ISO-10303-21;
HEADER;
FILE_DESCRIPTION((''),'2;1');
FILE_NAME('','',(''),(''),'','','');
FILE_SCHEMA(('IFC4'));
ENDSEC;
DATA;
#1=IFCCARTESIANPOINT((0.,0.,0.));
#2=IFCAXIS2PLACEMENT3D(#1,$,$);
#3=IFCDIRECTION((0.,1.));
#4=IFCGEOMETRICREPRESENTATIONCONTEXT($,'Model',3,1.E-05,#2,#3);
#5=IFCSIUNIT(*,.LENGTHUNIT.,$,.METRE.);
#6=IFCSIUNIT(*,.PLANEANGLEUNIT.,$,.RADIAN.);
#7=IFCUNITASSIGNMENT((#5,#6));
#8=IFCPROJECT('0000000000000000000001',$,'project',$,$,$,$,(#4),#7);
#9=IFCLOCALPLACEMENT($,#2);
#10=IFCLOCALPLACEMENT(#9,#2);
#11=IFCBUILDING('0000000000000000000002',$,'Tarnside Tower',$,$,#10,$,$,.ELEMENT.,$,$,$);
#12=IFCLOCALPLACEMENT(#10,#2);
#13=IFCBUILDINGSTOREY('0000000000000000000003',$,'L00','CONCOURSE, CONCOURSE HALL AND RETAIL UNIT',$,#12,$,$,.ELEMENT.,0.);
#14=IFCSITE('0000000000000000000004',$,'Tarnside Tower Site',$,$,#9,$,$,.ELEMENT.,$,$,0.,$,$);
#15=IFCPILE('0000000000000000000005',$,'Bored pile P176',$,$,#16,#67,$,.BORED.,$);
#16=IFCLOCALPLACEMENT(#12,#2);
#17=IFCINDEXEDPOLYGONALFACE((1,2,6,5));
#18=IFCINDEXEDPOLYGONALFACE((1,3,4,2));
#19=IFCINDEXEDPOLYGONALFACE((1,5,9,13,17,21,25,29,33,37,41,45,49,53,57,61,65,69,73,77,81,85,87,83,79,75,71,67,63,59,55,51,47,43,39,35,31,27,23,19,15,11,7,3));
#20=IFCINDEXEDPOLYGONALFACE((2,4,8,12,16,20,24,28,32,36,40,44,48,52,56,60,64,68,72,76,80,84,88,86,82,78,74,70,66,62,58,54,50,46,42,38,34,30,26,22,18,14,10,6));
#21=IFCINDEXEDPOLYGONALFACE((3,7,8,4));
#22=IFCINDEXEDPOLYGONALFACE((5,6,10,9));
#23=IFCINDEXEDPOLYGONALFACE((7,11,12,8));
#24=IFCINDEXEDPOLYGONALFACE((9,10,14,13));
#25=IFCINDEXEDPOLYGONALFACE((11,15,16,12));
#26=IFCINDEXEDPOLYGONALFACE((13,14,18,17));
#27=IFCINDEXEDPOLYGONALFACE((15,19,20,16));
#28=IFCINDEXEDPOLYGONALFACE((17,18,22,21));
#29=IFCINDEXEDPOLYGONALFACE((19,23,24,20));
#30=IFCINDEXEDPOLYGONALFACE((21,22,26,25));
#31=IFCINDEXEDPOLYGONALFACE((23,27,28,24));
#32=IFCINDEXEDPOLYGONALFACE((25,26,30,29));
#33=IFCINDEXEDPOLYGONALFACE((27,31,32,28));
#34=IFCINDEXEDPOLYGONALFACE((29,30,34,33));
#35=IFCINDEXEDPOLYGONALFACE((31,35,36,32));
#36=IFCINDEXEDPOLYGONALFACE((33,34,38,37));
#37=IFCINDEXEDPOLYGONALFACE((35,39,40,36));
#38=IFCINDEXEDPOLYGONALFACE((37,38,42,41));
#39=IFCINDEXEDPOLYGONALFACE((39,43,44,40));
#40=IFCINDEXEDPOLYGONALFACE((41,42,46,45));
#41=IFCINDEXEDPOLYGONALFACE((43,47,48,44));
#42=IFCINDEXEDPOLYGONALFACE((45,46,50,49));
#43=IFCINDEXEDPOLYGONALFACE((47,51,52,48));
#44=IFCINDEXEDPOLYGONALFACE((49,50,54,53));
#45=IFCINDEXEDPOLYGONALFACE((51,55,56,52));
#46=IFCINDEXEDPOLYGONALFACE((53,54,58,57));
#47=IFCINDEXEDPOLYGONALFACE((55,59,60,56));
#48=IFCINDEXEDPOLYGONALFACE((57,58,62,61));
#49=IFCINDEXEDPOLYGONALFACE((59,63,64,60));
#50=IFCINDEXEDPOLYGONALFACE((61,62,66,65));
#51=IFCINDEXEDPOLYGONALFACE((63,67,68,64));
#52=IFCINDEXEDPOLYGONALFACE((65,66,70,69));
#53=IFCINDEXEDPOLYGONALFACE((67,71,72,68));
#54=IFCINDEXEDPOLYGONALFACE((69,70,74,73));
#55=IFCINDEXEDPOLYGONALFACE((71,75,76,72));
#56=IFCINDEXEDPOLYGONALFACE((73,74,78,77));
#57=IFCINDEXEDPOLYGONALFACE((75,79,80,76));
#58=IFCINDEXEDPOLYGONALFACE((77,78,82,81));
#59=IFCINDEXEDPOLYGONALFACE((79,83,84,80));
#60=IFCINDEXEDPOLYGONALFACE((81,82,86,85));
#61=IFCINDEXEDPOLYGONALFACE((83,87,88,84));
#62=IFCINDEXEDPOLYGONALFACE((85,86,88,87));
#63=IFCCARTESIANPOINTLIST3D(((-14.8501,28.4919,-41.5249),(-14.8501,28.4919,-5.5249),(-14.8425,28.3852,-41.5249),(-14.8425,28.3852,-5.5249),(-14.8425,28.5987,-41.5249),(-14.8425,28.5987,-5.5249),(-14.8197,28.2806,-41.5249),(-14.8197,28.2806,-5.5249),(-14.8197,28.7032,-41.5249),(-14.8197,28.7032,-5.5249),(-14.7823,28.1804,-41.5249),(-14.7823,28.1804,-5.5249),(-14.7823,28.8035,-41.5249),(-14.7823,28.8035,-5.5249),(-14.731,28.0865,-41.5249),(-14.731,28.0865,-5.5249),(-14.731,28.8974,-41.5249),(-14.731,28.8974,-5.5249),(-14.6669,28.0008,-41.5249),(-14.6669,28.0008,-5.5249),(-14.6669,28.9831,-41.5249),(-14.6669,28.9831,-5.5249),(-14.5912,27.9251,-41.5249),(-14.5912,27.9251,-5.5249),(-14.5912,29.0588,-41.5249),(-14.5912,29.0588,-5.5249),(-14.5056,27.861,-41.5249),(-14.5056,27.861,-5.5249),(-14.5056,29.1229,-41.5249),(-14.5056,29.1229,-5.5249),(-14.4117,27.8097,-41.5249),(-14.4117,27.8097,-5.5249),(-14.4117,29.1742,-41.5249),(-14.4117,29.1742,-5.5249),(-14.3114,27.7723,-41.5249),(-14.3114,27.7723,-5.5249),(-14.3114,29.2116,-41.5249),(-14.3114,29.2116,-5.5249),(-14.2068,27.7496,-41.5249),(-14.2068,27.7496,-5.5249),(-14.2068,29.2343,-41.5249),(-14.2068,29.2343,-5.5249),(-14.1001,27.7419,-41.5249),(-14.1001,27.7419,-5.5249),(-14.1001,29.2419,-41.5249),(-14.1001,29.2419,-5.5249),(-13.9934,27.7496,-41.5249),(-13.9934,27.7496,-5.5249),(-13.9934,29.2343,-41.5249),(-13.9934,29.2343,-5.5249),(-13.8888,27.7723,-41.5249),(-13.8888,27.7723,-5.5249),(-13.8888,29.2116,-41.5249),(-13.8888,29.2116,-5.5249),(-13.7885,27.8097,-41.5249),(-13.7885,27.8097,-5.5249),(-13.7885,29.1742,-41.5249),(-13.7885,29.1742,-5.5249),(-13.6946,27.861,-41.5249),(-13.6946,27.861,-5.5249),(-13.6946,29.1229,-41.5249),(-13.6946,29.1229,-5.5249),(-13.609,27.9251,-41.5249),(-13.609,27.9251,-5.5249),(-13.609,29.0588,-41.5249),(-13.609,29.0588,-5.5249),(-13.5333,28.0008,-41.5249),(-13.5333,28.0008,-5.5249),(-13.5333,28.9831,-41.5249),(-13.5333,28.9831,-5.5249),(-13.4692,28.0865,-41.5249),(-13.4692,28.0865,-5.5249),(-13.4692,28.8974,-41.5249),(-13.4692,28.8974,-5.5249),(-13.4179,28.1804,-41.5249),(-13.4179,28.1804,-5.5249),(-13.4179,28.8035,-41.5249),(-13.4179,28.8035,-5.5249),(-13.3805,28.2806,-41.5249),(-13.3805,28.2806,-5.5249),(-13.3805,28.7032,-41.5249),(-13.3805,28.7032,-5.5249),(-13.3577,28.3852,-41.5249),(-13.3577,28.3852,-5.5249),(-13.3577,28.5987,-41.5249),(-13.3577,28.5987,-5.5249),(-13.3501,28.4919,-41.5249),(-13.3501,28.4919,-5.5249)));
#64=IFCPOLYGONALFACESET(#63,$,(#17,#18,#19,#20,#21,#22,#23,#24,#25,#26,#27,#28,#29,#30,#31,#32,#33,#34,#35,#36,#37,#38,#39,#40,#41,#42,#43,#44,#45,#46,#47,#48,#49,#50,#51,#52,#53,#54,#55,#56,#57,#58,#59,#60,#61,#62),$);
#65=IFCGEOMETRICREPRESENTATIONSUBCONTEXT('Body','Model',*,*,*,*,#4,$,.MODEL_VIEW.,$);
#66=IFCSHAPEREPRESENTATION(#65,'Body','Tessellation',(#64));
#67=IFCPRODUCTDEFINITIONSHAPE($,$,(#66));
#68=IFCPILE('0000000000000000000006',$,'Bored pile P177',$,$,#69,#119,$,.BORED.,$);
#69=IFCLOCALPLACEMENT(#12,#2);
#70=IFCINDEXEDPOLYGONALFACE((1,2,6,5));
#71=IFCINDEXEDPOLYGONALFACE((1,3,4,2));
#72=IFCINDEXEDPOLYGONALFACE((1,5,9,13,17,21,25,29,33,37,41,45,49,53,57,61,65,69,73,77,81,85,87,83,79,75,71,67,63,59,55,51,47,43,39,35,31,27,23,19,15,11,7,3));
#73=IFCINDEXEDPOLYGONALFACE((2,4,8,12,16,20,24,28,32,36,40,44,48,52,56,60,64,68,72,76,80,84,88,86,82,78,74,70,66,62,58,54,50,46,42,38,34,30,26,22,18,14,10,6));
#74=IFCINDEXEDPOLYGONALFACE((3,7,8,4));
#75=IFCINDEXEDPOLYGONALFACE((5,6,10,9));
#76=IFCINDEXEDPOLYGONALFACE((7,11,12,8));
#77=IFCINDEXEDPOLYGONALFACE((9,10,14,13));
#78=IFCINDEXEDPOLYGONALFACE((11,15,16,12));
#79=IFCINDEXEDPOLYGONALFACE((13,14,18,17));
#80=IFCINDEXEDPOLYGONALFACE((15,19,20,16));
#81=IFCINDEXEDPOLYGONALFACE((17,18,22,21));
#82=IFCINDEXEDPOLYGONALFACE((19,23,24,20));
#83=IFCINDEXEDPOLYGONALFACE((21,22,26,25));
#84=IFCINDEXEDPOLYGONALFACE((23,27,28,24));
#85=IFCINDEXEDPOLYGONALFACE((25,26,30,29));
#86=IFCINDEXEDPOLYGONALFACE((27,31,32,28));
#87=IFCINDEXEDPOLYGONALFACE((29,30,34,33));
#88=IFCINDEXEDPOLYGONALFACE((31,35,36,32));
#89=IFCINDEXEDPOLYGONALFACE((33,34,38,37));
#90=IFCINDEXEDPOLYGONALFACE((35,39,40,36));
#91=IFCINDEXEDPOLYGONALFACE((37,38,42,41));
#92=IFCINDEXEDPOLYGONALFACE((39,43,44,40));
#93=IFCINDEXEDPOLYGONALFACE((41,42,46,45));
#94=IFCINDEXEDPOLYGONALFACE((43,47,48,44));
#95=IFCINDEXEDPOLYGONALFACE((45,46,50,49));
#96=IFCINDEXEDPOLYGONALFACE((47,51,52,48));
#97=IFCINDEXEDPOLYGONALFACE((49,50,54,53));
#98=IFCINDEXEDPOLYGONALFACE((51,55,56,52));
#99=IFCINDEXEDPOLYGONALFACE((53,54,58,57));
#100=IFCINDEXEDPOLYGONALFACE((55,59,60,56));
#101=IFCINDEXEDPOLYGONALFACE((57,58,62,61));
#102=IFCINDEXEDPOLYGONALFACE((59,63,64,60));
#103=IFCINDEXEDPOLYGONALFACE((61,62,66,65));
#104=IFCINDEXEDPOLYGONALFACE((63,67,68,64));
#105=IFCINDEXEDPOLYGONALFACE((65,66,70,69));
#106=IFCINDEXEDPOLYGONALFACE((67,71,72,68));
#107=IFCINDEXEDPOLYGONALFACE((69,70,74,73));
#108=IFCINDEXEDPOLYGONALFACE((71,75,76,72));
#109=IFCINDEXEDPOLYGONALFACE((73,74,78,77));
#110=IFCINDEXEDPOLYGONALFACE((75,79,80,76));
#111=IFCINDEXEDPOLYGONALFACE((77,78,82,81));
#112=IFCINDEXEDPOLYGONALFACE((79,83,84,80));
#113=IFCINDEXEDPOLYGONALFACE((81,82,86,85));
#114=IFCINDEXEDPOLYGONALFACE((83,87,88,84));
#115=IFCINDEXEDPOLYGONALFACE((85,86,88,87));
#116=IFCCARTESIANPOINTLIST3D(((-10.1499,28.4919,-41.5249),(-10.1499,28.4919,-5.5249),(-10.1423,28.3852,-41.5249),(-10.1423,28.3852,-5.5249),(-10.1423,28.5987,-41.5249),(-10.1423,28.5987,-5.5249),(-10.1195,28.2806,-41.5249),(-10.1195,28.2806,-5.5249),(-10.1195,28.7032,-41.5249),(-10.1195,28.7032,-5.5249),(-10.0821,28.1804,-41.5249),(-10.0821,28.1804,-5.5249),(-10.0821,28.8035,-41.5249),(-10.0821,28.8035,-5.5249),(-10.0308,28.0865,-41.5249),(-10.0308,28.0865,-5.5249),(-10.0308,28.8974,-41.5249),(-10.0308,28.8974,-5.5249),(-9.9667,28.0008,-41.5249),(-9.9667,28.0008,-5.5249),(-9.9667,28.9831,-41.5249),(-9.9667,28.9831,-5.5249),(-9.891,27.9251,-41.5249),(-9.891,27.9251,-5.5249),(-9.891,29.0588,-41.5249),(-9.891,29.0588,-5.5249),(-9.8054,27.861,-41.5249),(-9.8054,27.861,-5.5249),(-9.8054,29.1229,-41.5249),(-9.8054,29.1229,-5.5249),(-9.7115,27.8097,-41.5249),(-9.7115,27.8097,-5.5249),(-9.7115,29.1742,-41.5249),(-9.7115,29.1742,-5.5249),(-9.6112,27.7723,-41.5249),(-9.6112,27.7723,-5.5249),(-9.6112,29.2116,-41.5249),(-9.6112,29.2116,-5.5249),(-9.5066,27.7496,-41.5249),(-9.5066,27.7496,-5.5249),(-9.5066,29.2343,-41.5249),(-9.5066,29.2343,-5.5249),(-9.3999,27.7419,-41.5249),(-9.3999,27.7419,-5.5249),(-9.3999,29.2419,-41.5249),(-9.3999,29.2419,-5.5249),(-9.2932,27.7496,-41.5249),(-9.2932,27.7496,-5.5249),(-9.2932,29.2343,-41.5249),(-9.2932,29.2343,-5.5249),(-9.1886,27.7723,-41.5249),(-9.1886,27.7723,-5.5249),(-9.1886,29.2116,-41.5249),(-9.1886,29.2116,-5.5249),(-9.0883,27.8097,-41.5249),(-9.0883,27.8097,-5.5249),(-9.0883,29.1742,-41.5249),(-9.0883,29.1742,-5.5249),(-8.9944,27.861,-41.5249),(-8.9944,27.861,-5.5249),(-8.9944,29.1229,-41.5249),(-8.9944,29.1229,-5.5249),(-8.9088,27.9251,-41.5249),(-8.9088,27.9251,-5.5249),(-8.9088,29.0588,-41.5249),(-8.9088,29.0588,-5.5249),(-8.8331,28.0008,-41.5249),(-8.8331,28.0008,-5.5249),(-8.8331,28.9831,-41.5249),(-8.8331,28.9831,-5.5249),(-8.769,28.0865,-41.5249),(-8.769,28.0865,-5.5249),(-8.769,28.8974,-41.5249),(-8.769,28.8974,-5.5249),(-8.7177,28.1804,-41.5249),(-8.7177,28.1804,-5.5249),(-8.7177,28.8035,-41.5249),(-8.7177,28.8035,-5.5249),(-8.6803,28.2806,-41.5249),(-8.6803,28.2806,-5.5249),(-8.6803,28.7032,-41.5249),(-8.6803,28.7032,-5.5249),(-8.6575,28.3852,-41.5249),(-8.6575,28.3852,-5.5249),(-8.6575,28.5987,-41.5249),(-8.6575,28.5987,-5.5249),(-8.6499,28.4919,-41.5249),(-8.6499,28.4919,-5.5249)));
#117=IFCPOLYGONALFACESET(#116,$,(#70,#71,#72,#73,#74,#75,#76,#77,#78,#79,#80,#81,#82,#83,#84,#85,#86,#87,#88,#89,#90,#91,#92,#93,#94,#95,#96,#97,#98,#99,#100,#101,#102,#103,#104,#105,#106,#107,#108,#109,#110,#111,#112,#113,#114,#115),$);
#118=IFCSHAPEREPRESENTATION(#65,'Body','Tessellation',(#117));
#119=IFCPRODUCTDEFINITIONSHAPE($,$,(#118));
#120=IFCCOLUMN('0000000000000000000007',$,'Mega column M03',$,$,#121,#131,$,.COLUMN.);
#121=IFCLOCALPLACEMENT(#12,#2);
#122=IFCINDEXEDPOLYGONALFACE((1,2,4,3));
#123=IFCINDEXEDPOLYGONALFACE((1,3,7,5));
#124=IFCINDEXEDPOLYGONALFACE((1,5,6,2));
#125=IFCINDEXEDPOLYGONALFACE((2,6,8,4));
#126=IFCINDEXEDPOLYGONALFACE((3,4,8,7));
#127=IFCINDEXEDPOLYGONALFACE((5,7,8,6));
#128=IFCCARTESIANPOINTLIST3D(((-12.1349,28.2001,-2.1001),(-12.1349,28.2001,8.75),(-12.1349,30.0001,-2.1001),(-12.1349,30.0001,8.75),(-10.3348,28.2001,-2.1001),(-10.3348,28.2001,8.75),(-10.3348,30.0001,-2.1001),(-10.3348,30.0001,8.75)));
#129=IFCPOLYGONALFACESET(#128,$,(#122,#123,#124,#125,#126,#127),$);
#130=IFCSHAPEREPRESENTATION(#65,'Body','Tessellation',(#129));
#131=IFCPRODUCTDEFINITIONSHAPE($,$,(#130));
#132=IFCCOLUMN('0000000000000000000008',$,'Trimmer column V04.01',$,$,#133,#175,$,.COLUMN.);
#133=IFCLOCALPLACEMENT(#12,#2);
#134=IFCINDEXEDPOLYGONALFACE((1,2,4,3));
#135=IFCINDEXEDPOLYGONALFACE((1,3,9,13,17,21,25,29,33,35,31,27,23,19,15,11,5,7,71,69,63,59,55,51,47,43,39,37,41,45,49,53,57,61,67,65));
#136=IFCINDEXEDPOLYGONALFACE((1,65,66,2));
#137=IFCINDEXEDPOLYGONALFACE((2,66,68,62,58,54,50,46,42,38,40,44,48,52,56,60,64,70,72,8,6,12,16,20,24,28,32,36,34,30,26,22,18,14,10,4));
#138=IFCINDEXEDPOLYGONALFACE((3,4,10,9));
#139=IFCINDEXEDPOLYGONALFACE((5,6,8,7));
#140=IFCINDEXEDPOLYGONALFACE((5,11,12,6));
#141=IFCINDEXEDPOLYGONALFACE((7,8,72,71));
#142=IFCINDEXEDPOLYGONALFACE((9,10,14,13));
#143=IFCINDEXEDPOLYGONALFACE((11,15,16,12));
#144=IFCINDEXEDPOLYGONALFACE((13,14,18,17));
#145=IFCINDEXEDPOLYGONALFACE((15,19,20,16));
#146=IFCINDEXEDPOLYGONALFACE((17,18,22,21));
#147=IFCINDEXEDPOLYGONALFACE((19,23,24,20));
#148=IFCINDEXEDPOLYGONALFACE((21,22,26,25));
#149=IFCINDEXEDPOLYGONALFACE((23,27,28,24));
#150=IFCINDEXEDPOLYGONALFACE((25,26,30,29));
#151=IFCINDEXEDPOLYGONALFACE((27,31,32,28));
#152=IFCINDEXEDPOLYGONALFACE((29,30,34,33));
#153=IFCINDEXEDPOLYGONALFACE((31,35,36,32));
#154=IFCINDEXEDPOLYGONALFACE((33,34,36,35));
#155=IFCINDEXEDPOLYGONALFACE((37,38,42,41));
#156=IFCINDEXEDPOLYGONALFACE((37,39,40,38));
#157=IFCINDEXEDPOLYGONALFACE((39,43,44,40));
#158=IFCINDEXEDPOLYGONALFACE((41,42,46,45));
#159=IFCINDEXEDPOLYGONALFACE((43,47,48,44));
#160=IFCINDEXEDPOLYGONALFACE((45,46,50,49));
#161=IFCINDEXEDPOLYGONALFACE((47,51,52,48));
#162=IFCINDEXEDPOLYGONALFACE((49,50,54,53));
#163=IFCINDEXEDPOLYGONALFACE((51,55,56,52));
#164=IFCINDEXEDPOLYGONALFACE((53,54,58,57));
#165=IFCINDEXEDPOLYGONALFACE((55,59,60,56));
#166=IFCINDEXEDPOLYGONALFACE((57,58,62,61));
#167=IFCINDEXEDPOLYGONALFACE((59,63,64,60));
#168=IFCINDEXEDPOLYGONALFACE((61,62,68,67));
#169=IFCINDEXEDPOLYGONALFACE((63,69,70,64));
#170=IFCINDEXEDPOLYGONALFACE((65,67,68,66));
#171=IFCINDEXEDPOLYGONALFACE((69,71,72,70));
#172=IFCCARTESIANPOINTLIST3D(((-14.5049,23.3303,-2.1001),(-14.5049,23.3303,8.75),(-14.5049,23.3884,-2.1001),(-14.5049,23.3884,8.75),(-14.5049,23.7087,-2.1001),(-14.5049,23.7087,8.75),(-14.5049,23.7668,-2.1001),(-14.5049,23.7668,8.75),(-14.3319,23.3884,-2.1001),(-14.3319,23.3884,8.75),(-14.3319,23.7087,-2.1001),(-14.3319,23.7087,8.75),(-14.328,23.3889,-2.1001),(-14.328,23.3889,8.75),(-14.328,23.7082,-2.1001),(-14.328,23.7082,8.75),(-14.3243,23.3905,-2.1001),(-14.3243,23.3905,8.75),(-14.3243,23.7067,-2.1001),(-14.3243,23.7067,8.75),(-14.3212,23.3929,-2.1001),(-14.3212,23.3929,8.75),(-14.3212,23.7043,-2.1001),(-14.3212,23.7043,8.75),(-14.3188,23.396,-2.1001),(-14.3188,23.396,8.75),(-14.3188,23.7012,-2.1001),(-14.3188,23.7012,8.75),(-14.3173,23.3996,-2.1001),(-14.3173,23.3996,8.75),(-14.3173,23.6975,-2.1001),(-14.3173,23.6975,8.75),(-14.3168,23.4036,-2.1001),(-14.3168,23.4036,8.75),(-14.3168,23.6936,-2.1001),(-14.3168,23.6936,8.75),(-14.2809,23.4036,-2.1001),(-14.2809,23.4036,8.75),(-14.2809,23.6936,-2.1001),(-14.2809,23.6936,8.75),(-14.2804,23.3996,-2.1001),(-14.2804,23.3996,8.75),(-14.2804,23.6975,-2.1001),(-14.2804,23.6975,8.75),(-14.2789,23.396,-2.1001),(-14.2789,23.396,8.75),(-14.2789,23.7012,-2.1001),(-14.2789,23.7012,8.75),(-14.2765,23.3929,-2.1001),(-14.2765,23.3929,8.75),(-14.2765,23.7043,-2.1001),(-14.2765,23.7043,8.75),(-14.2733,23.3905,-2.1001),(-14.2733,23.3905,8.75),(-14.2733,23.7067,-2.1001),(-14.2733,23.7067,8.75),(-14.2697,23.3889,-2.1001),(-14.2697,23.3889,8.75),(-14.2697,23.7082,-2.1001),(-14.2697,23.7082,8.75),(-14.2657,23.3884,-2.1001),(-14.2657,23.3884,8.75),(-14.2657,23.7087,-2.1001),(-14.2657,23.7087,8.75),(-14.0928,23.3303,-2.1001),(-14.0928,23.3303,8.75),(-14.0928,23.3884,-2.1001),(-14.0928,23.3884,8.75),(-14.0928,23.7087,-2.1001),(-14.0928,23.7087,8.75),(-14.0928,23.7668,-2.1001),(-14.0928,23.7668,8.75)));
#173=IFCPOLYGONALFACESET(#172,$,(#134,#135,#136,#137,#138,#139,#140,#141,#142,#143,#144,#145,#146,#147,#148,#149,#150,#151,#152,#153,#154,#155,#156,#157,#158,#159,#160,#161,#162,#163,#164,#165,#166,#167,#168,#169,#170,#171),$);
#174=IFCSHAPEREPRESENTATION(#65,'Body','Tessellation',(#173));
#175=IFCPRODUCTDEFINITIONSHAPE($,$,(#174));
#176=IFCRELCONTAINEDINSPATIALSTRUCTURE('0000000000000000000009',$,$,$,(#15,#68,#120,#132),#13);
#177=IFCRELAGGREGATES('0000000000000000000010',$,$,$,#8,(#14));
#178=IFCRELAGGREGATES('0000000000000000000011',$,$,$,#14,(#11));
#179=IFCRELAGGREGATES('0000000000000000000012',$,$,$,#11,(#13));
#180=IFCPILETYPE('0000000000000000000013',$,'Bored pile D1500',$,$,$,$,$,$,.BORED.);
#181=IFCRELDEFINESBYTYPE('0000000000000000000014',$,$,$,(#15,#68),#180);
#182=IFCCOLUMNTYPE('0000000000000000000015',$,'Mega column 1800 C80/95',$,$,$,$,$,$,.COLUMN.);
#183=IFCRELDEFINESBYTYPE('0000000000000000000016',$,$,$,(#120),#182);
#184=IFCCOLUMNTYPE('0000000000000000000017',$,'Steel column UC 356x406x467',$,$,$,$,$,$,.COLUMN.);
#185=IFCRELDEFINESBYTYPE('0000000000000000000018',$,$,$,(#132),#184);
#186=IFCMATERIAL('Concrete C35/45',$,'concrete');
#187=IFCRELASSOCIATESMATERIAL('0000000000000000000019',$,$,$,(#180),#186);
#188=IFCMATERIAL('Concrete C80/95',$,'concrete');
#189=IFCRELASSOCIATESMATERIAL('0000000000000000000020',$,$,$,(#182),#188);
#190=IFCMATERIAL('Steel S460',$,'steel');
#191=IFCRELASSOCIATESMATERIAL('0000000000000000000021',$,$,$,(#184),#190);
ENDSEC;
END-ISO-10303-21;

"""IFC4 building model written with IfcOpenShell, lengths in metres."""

from ifc_helpers import new_model, si_unit, direction, frame, origin, origin_2d, place, context, subcontext, project, spatial, rectangle, circle, i_section, extrude, material, material_profile, profile_set, type_object, element, save


model = new_model("IFC4")

# Units and contexts
model_context = context("Model", 3, precision=1e-05, world=origin(), true_north=direction((0.0, 1.0)))
body_context = subcontext(model_context, "Body", "Model", "MODEL_VIEW")
ifc_project = project(units=[si_unit("LENGTHUNIT", "METRE"), si_unit("PLANEANGLEUNIT", "RADIAN")], contexts=[model_context])

# Site, building, storey
site_placement = place(None, origin())
site = spatial("IfcSite", under=ifc_project, at=site_placement, Name="Tarnside Tower Site", CompositionType="ELEMENT", RefElevation=0.0)
building_placement = place(site_placement, origin())
building = spatial("IfcBuilding", under=site, at=building_placement, Name="Tarnside Tower", CompositionType="ELEMENT")
storey_placement = place(building_placement, origin())
storey = spatial("IfcBuildingStorey", under=building, at=storey_placement, Name="L00", Description="CONCOURSE, CONCOURSE HALL AND RETAIL UNIT", CompositionType="ELEMENT", Elevation=0.0)

# Piles
ifc_material_1 = material(Name="Concrete C35/45", Category="concrete")
ifc_material_profile_1 = material_profile(ifc_material_1, circle(Radius=0.75, at=origin_2d()), Name="Bored pile D1500")
ifc_profile_set_1 = profile_set([ifc_material_profile_1], Name="Concrete C35/45")
pile_type = type_object("IfcPileType", Name="Bored pile D1500", PredefinedType="BORED", material=ifc_profile_set_1)
for number, where, z_axis, x_axis, name in (
    (1, (-14.1001, 28.4919, -5.5249), (0.0, 0.0, -1.0), (1.0, 0.0, 0.0), "Bored pile P176"),
    (2, (-9.3999, 28.4919, -5.5249), (0.0, 0.0, -1.0), (1.0, 0.0, 0.0), "Bored pile P177"),
):
    element("IfcPile", number, at=place(storey_placement, frame(where, z_axis=z_axis, x_axis=x_axis)), inside=storey, type_object=pile_type, Name=name, PredefinedType="BORED", context=body_context, shape_type="SweptSolid", body=[
        extrude(circle(Radius=0.75, at=origin_2d()), origin(), (0.0, 0.0, 1.0), 36.0),
    ])

# Columns
ifc_material_2 = material(Name="Concrete C80/95", Category="concrete")
ifc_material_profile_2 = material_profile(ifc_material_2, rectangle(XDim=1.8, YDim=1.8, at=origin_2d()), Name="Mega column 1800x1800")
ifc_profile_set_2 = profile_set([ifc_material_profile_2], Name="Concrete C80/95")
column_type_1 = type_object("IfcColumnType", Name="Mega column 1800 C80/95", PredefinedType="COLUMN", material=ifc_profile_set_2)
column_placement = place(storey_placement, frame((-11.2349, 29.1001, -2.1001), z_axis=(0.0, 0.0, 1.0), x_axis=(1.0, 0.0, 0.0)))
element("IfcColumn", 3, at=column_placement, inside=storey, type_object=column_type_1, Name="Mega column M03", PredefinedType="COLUMN", context=body_context, shape_type="SweptSolid", body=[
    extrude(rectangle(XDim=1.8, YDim=1.8, at=origin_2d()), origin(), (0.0, 0.0, 1.0), 10.8501),
])
ifc_material_3 = material(Name="Steel S460", Category="steel")
ifc_material_profile_3 = material_profile(ifc_material_3, i_section(OverallWidth=0.4121, OverallDepth=0.4365, WebThickness=0.0359, FlangeThickness=0.0581, FilletRadius=0.0151, at=origin_2d()), Name="UC 356x406x467")
ifc_profile_set_3 = profile_set([ifc_material_profile_3], Name="Steel S460")
column_type_2 = type_object("IfcColumnType", Name="Steel column UC 356x406x467", PredefinedType="COLUMN", material=ifc_profile_set_3)
for number, where, z_axis, x_axis, name in (
    (4, (-14.2988, 23.5486, -2.1001), (0.0, 0.0, 1.0), (1.0, 0.0, 0.0), "Trimmer column V04.01"),
):
    element("IfcColumn", number, at=place(storey_placement, frame(where, z_axis=z_axis, x_axis=x_axis)), inside=storey, type_object=column_type_2, Name=name, PredefinedType="COLUMN", context=body_context, shape_type="SweptSolid", body=[
        extrude(i_section(OverallWidth=0.4121, OverallDepth=0.4365, WebThickness=0.0359, FlangeThickness=0.0581, FilletRadius=0.0151, at=origin_2d()), origin(), (0.0, 0.0, 1.0), 10.8501),
    ])

save(model, "model.ifc")
